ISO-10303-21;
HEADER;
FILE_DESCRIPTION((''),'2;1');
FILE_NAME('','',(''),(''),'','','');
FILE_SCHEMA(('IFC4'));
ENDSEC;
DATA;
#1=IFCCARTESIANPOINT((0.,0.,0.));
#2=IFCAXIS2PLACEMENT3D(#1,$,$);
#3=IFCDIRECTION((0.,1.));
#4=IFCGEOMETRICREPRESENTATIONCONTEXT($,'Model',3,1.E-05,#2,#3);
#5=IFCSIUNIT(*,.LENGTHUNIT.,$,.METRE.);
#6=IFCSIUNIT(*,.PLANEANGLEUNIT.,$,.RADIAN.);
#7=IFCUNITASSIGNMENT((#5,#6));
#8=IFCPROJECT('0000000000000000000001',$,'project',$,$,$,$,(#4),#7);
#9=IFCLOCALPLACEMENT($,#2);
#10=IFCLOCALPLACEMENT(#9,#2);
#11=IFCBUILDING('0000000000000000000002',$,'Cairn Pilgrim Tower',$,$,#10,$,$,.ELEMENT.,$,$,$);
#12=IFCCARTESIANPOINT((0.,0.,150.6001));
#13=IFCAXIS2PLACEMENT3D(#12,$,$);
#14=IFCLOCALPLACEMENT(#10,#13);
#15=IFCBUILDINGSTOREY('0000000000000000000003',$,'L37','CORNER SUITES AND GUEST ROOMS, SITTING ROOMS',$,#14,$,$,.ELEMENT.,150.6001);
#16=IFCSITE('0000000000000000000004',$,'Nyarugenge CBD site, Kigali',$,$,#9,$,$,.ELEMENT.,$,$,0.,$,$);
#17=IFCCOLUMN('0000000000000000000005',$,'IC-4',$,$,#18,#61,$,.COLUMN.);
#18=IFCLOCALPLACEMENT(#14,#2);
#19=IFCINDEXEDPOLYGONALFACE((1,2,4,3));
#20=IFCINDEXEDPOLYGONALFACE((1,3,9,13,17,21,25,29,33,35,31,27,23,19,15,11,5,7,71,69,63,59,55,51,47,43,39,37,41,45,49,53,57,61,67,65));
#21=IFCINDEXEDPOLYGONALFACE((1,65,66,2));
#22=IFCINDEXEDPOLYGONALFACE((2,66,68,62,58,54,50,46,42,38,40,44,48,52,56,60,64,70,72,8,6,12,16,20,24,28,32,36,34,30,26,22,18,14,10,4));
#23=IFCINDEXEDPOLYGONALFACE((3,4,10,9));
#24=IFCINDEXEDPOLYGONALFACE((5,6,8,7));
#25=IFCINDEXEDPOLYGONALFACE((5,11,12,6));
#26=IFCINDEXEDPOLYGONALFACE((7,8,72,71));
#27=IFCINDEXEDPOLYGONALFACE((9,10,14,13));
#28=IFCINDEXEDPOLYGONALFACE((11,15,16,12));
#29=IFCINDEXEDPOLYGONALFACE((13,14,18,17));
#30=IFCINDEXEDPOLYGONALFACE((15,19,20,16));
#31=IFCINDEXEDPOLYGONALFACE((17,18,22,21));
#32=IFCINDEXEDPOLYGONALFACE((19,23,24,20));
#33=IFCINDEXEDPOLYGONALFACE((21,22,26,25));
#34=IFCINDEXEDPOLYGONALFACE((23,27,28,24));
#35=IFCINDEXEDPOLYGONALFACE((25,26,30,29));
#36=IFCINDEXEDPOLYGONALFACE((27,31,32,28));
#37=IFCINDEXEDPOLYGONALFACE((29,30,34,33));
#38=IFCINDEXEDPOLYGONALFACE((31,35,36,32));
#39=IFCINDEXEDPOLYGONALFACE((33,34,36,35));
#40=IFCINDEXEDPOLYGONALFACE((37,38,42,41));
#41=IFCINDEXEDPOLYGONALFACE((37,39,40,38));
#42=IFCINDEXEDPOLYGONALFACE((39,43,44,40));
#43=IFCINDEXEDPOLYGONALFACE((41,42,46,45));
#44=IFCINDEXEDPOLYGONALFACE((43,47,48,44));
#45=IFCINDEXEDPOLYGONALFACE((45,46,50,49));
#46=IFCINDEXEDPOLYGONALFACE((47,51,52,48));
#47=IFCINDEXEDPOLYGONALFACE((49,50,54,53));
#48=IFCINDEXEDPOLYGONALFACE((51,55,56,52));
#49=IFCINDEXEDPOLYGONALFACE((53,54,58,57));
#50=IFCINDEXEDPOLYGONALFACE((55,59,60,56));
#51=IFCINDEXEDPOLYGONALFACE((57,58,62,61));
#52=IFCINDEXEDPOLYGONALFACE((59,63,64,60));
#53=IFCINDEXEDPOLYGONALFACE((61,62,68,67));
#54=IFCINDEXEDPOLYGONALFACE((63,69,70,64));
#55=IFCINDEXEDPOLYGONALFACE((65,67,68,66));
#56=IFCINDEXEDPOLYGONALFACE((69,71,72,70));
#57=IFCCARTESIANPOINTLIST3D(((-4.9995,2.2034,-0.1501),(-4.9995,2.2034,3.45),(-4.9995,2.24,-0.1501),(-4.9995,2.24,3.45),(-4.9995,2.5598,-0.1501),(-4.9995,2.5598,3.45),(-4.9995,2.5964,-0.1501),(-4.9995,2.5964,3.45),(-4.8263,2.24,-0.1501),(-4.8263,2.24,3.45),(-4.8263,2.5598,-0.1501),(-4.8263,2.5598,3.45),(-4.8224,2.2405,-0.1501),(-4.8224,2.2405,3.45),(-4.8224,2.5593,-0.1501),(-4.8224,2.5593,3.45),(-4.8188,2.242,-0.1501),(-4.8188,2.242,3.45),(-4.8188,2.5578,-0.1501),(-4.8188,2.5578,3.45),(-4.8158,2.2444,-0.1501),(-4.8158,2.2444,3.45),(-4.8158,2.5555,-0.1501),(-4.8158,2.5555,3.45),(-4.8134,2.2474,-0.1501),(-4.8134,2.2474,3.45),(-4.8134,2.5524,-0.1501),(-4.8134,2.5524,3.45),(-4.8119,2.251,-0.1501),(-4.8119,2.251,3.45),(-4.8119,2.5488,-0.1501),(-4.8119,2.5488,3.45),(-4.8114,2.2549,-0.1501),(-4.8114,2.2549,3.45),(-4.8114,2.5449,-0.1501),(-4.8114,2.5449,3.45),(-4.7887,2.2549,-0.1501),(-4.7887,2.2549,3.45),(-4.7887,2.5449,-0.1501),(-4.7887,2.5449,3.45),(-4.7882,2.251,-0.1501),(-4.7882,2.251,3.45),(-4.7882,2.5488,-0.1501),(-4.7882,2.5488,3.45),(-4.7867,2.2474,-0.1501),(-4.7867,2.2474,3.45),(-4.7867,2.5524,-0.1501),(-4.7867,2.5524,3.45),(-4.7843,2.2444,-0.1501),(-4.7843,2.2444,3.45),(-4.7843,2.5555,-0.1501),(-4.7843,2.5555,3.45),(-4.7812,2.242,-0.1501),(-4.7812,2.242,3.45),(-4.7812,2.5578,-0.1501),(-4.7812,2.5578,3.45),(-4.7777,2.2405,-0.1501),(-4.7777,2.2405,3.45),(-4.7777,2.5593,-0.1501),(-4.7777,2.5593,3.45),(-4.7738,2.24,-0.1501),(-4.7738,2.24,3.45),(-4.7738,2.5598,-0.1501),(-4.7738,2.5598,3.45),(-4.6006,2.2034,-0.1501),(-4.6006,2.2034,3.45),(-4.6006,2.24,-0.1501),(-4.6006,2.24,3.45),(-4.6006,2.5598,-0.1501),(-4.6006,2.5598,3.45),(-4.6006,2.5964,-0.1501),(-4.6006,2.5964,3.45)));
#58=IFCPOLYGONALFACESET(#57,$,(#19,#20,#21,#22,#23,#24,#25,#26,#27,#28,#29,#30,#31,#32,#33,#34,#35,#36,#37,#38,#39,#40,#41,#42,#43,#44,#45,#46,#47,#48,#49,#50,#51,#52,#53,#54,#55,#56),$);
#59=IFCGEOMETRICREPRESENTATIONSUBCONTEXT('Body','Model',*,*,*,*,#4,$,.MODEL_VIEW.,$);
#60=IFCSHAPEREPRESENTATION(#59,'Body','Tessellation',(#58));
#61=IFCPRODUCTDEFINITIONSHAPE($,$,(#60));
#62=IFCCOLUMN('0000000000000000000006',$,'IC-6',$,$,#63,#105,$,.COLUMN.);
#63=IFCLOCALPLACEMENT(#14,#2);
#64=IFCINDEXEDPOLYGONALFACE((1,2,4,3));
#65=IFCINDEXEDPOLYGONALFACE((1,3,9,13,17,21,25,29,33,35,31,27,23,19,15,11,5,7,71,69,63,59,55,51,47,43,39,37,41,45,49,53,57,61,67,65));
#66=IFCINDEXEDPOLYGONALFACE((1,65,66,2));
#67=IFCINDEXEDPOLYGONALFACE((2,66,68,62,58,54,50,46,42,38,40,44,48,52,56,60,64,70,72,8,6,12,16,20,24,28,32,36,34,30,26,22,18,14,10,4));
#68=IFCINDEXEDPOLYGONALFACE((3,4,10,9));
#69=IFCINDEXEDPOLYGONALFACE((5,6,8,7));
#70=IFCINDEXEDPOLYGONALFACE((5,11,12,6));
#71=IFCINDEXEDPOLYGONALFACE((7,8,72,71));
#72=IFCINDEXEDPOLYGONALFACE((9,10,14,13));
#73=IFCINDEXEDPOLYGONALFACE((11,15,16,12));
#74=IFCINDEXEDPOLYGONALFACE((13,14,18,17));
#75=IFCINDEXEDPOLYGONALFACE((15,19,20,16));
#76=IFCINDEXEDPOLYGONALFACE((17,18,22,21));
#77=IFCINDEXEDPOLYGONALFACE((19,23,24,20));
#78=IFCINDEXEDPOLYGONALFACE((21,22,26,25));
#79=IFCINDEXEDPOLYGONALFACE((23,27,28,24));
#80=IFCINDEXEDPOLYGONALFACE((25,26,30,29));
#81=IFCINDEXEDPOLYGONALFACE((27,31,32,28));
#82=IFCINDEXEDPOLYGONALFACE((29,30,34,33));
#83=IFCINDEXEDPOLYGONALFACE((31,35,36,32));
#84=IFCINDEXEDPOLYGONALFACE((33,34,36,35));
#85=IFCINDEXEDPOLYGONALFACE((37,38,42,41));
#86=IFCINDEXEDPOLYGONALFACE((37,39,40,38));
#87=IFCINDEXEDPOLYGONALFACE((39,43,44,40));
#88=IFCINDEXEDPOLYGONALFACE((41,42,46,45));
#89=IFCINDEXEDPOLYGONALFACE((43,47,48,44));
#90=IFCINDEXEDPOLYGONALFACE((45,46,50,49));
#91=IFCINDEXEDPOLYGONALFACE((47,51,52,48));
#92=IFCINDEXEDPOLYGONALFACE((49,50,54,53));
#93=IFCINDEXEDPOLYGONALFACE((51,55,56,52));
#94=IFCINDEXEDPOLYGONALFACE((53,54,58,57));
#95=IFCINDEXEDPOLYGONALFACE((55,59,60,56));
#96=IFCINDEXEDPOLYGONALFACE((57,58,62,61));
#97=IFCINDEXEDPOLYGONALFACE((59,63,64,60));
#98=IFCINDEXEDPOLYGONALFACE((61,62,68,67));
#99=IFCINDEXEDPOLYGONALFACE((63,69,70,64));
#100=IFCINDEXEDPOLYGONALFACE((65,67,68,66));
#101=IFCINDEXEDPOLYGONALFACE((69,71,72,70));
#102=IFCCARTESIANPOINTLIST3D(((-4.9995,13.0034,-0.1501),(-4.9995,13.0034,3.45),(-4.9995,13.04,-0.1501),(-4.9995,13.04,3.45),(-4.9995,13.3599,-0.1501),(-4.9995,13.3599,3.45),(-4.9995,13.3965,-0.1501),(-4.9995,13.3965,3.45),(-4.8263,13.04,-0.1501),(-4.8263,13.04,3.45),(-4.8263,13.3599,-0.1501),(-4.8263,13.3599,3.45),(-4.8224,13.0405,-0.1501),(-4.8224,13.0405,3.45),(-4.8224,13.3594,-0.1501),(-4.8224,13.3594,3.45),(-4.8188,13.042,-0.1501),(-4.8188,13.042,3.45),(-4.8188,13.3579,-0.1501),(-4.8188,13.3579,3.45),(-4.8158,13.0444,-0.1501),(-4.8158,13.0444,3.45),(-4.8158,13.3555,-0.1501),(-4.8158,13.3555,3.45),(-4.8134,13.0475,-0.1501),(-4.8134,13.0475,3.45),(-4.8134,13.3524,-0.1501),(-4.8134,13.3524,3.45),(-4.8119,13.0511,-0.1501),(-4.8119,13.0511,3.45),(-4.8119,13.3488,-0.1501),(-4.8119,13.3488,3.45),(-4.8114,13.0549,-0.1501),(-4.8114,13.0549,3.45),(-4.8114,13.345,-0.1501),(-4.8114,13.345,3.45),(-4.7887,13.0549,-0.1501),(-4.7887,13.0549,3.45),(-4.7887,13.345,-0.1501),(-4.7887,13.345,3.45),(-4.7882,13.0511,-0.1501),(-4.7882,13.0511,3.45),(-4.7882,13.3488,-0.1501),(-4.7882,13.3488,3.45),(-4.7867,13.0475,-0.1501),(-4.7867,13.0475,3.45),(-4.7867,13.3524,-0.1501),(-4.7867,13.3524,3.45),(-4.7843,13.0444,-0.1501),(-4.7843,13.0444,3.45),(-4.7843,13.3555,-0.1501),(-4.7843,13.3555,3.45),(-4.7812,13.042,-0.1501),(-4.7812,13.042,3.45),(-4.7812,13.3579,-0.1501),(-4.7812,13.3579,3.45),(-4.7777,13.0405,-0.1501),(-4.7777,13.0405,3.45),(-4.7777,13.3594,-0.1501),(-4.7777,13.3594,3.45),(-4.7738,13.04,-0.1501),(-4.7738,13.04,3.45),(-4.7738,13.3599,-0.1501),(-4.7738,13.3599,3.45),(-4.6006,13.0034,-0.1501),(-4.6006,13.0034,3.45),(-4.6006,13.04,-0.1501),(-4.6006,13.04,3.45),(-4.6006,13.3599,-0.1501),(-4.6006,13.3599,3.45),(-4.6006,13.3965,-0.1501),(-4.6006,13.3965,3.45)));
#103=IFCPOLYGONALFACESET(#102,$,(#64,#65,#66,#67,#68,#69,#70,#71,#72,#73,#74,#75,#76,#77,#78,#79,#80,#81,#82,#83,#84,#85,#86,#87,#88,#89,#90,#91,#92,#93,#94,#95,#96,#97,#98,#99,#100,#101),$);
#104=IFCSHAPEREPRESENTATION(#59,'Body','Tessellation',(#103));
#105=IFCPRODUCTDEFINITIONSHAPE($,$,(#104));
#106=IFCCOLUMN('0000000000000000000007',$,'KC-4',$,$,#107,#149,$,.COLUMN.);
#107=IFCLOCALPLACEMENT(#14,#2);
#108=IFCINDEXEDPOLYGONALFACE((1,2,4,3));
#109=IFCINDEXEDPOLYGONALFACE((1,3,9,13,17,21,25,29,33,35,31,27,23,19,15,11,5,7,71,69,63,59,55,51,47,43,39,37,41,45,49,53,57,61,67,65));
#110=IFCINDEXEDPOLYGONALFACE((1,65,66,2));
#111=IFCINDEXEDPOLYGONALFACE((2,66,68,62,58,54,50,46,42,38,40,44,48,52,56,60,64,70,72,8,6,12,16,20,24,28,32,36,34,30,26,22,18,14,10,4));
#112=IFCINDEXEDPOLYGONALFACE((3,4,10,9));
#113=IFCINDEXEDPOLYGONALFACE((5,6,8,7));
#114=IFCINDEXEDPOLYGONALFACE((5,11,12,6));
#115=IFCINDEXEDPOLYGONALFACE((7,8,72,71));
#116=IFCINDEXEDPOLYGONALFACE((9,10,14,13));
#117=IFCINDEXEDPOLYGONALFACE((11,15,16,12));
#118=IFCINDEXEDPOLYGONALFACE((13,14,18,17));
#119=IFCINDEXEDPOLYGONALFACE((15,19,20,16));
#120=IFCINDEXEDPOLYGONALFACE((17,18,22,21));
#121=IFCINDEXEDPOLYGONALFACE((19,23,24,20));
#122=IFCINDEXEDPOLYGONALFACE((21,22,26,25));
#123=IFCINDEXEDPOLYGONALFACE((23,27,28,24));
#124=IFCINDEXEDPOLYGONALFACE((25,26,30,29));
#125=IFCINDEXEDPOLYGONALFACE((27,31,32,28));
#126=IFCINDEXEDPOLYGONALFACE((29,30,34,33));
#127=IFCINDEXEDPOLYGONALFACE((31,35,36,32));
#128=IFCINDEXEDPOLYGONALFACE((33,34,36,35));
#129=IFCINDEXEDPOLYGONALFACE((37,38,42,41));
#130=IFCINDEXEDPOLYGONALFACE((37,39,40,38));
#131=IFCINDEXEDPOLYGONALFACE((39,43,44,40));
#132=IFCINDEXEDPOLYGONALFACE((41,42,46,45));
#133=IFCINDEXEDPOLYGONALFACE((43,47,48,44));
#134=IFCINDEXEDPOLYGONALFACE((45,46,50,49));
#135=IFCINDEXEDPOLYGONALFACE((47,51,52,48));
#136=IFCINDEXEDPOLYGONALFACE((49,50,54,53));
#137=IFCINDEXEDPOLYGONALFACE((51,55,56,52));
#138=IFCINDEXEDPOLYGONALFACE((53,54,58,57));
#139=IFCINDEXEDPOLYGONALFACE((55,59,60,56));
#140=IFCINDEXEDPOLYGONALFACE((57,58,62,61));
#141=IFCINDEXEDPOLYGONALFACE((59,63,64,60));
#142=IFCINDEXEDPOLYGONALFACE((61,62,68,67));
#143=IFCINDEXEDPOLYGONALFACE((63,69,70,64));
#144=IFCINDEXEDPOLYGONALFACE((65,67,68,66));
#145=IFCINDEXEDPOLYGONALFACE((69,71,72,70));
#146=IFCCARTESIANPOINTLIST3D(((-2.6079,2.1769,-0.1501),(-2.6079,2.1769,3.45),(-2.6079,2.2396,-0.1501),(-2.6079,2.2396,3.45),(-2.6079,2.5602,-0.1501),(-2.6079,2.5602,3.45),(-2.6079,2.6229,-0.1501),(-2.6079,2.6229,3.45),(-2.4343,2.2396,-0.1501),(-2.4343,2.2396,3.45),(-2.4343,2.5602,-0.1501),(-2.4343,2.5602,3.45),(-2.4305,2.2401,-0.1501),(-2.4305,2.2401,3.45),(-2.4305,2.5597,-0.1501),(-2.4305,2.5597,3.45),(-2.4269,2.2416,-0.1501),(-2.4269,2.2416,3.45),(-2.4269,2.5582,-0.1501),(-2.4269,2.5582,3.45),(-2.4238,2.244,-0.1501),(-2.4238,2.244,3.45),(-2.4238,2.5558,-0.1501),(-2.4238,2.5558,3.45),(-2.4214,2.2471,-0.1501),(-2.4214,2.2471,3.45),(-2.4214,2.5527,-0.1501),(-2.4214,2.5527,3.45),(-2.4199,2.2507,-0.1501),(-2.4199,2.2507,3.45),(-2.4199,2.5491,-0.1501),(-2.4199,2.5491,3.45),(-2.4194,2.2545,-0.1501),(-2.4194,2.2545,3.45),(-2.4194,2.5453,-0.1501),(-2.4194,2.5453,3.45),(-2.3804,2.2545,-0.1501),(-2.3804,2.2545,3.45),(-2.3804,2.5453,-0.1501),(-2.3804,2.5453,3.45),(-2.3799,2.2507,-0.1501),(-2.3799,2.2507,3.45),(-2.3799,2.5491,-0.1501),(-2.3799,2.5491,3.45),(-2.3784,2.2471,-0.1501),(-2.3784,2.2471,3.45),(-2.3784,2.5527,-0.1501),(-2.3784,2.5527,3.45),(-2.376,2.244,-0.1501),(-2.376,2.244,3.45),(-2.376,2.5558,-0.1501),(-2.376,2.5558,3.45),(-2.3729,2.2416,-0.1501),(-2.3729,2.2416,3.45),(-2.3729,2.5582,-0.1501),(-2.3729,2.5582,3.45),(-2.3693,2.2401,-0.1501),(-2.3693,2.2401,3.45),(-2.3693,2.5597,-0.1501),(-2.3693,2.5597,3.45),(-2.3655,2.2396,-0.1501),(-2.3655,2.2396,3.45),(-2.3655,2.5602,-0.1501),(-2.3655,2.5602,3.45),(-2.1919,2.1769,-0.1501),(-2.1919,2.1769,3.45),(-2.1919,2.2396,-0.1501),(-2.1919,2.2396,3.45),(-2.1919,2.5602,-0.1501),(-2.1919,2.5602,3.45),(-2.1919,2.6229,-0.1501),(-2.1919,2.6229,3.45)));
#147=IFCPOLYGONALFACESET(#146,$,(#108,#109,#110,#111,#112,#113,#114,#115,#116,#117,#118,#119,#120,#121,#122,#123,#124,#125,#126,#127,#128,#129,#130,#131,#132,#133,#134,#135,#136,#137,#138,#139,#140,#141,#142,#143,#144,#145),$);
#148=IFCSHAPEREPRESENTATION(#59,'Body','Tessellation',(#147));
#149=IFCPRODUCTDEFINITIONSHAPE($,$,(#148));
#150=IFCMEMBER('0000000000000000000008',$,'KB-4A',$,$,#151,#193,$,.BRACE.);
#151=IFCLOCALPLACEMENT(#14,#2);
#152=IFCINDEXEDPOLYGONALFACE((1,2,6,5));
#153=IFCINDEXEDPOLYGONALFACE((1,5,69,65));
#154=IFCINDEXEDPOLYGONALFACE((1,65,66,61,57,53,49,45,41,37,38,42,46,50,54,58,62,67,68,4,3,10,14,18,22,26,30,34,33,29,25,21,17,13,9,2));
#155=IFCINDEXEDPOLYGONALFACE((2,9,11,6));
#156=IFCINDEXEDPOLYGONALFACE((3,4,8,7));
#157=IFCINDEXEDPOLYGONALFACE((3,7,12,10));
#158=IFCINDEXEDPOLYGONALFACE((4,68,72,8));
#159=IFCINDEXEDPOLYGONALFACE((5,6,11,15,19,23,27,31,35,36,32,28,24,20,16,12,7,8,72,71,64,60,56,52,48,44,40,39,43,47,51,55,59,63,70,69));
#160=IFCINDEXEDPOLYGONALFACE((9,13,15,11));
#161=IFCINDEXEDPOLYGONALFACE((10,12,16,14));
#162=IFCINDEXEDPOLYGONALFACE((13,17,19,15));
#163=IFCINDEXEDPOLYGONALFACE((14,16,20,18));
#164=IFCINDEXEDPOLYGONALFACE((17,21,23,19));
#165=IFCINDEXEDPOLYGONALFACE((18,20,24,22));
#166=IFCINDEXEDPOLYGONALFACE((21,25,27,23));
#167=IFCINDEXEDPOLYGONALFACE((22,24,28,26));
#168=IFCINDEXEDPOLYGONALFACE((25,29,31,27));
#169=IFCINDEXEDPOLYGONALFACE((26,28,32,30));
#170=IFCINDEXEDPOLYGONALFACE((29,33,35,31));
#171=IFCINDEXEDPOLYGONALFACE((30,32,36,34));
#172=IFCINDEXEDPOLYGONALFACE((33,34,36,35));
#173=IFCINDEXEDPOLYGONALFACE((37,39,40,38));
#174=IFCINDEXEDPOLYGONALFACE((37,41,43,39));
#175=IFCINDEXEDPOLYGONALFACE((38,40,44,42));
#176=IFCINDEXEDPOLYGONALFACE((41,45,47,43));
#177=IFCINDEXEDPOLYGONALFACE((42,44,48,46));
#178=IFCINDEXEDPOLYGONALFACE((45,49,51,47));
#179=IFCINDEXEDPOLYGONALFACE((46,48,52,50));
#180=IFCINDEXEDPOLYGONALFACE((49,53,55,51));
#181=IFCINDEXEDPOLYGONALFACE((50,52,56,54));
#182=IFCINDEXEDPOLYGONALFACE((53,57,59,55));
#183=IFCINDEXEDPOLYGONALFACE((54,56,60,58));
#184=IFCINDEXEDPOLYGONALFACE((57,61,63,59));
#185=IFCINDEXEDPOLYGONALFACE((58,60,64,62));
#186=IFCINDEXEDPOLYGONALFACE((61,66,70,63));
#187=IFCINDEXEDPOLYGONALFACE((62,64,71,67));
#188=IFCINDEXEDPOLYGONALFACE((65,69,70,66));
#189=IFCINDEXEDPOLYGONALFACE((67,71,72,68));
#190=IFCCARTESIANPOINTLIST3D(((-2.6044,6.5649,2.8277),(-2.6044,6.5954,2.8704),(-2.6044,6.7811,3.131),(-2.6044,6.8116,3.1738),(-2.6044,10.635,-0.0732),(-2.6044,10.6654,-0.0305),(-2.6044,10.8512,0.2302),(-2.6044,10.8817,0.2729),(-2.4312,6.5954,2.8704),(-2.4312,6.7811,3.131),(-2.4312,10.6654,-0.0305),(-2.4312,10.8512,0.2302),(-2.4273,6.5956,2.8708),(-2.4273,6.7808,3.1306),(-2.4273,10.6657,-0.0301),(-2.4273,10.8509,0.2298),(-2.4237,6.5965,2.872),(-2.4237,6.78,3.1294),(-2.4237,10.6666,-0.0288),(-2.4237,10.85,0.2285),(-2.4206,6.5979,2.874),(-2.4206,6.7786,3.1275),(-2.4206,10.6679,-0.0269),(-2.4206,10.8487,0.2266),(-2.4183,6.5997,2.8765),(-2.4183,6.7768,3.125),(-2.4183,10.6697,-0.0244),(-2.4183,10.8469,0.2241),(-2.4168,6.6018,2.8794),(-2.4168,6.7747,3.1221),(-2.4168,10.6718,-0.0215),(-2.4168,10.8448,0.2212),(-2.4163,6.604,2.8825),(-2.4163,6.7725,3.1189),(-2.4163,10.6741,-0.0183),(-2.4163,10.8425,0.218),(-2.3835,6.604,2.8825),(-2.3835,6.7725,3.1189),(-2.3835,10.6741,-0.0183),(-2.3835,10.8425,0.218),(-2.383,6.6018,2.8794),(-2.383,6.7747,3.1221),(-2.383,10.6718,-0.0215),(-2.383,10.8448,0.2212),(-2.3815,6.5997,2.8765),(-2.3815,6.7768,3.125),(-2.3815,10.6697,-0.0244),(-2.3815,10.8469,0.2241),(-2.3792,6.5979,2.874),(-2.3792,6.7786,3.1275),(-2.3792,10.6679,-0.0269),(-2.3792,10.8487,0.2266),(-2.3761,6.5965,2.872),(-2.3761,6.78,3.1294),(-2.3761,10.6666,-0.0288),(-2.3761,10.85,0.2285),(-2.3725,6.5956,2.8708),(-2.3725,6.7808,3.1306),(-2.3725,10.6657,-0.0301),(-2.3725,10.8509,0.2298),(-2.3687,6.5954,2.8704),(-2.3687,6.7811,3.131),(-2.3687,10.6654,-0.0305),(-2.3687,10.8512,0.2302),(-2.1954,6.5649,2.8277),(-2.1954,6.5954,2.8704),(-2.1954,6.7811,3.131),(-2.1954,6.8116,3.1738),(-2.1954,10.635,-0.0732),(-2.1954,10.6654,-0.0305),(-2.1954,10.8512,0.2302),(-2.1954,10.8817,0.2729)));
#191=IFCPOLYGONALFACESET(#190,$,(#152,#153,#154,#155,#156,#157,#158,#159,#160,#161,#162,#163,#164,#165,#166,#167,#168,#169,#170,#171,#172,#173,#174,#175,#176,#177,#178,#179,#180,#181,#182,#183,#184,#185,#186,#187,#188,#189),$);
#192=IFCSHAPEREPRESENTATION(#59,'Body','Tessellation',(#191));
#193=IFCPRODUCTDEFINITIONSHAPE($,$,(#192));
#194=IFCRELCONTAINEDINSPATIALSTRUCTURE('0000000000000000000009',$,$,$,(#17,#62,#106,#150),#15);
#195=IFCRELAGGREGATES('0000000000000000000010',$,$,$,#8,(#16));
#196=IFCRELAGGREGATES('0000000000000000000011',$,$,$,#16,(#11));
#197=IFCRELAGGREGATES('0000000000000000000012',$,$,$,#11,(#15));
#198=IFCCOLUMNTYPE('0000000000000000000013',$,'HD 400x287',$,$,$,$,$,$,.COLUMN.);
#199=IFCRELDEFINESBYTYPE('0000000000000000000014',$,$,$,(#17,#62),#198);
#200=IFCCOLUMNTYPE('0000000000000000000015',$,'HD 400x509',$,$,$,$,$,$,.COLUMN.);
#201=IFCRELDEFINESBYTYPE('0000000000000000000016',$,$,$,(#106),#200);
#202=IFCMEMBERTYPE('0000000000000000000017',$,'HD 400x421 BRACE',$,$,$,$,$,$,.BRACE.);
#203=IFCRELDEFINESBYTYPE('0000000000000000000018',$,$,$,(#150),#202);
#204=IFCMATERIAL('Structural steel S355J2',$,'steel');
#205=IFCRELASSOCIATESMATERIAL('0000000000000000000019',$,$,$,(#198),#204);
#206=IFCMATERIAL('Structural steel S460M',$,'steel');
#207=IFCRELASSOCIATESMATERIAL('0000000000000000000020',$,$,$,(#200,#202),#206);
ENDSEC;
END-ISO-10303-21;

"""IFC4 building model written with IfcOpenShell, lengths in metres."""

from ifc_helpers import new_model, si_unit, direction, frame, origin, origin_2d, place, context, subcontext, project, spatial, i_section, extrude, material, material_profile, profile_set, type_object, element, save


model = new_model("IFC4")

# Units and contexts
model_context = context("Model", 3, precision=1e-05, world=origin(), true_north=direction((0.0, 1.0)))
body_context = subcontext(model_context, "Body", "Model", "MODEL_VIEW")
ifc_project = project(units=[si_unit("LENGTHUNIT", "METRE"), si_unit("PLANEANGLEUNIT", "RADIAN")], contexts=[model_context])

# Site, building, storey
site_placement = place(None, origin())
site = spatial("IfcSite", under=ifc_project, at=site_placement, Name="Nyarugenge CBD site, Kigali", CompositionType="ELEMENT", RefElevation=0.0)
building_placement = place(site_placement, origin())
building = spatial("IfcBuilding", under=site, at=building_placement, Name="Cairn Pilgrim Tower", CompositionType="ELEMENT")
storey_placement = place(building_placement, frame((0.0, 0.0, 150.6001)))
storey = spatial("IfcBuildingStorey", under=building, at=storey_placement, Name="L37", Description="CORNER SUITES AND GUEST ROOMS, SITTING ROOMS", CompositionType="ELEMENT", Elevation=150.6001)

# Columns
ifc_material_1 = material(Name="Structural steel S355J2", Category="steel")
ifc_material_profile_1 = material_profile(ifc_material_1, i_section(OverallWidth=0.3989, OverallDepth=0.3931, WebThickness=0.0227, FlangeThickness=0.0366, FilletRadius=0.0149, at=origin_2d()), Name="HD 400x287")
ifc_profile_set_1 = profile_set([ifc_material_profile_1], Name="Structural steel S355J2")
column_type_1 = type_object("IfcColumnType", Name="HD 400x287", PredefinedType="COLUMN", material=ifc_profile_set_1)
for number, where, z_axis, x_axis, name in (
    (1, (-4.8, 2.3999, -0.1501), (0.0, 0.0, 1.0), (1.0, 0.0, 0.0), "IC-4"),
    (2, (-4.8, 13.2, -0.1501), (0.0, 0.0, 1.0), (1.0, 0.0, 0.0), "IC-6"),
):
    element("IfcColumn", number, at=place(storey_placement, frame(where, z_axis=z_axis, x_axis=x_axis)), inside=storey, type_object=column_type_1, Name=name, PredefinedType="COLUMN", context=body_context, shape_type="SweptSolid", body=[
        extrude(i_section(OverallWidth=0.3989, OverallDepth=0.3931, WebThickness=0.0227, FlangeThickness=0.0366, FilletRadius=0.0149, at=origin_2d()), origin(), (0.0, 0.0, 1.0), 3.6001),
    ])
ifc_material_2 = material(Name="Structural steel S460M", Category="steel")
ifc_material_profile_2 = material_profile(ifc_material_2, i_section(OverallWidth=0.416, OverallDepth=0.446, WebThickness=0.0391, FlangeThickness=0.0627, FilletRadius=0.0149, at=origin_2d()), Name="HD 400x509")
ifc_profile_set_2 = profile_set([ifc_material_profile_2], Name="Structural steel S460M")
column_type_2 = type_object("IfcColumnType", Name="HD 400x509", PredefinedType="COLUMN", material=ifc_profile_set_2)
column_placement = place(storey_placement, frame((-2.3999, 2.3999, -0.1501), z_axis=(0.0, 0.0, 1.0), x_axis=(1.0, 0.0, 0.0)))
element("IfcColumn", 3, at=column_placement, inside=storey, type_object=column_type_2, Name="KC-4", PredefinedType="COLUMN", context=body_context, shape_type="SweptSolid", body=[
    extrude(i_section(OverallWidth=0.416, OverallDepth=0.446, WebThickness=0.0391, FlangeThickness=0.0627, FilletRadius=0.0149, at=origin_2d()), origin(), (0.0, 0.0, 1.0), 3.6001),
])

# Member
ifc_material_profile_3 = material_profile(ifc_material_2, i_section(OverallWidth=0.4089, OverallDepth=0.425, WebThickness=0.0327, FlangeThickness=0.0525, FilletRadius=0.0149, at=origin_2d()), Name="HD 400x421")
ifc_profile_set_3 = profile_set([ifc_material_profile_3], Name="Structural steel S460M")
member_type = type_object("IfcMemberType", Name="HD 400x421 BRACE", PredefinedType="BRACE", material=ifc_profile_set_3)
for number, where, z_axis, x_axis, name in (
    (4, (-2.3999, 10.7583, 0.0999), (0.0, -0.81433, 0.580402), (1.0, 0.0, 0.0), "KB-4A"),
):
    element("IfcMember", number, at=place(storey_placement, frame(where, z_axis=z_axis, x_axis=x_axis)), inside=storey, type_object=member_type, Name=name, PredefinedType="BRACE", context=body_context, shape_type="SweptSolid", body=[
        extrude(i_section(OverallWidth=0.4089, OverallDepth=0.425, WebThickness=0.0327, FlangeThickness=0.0525, FilletRadius=0.0149, at=origin_2d()), origin(), (0.0, 0.0, 1.0), 4.998),
    ])

save(model, "model.ifc")
